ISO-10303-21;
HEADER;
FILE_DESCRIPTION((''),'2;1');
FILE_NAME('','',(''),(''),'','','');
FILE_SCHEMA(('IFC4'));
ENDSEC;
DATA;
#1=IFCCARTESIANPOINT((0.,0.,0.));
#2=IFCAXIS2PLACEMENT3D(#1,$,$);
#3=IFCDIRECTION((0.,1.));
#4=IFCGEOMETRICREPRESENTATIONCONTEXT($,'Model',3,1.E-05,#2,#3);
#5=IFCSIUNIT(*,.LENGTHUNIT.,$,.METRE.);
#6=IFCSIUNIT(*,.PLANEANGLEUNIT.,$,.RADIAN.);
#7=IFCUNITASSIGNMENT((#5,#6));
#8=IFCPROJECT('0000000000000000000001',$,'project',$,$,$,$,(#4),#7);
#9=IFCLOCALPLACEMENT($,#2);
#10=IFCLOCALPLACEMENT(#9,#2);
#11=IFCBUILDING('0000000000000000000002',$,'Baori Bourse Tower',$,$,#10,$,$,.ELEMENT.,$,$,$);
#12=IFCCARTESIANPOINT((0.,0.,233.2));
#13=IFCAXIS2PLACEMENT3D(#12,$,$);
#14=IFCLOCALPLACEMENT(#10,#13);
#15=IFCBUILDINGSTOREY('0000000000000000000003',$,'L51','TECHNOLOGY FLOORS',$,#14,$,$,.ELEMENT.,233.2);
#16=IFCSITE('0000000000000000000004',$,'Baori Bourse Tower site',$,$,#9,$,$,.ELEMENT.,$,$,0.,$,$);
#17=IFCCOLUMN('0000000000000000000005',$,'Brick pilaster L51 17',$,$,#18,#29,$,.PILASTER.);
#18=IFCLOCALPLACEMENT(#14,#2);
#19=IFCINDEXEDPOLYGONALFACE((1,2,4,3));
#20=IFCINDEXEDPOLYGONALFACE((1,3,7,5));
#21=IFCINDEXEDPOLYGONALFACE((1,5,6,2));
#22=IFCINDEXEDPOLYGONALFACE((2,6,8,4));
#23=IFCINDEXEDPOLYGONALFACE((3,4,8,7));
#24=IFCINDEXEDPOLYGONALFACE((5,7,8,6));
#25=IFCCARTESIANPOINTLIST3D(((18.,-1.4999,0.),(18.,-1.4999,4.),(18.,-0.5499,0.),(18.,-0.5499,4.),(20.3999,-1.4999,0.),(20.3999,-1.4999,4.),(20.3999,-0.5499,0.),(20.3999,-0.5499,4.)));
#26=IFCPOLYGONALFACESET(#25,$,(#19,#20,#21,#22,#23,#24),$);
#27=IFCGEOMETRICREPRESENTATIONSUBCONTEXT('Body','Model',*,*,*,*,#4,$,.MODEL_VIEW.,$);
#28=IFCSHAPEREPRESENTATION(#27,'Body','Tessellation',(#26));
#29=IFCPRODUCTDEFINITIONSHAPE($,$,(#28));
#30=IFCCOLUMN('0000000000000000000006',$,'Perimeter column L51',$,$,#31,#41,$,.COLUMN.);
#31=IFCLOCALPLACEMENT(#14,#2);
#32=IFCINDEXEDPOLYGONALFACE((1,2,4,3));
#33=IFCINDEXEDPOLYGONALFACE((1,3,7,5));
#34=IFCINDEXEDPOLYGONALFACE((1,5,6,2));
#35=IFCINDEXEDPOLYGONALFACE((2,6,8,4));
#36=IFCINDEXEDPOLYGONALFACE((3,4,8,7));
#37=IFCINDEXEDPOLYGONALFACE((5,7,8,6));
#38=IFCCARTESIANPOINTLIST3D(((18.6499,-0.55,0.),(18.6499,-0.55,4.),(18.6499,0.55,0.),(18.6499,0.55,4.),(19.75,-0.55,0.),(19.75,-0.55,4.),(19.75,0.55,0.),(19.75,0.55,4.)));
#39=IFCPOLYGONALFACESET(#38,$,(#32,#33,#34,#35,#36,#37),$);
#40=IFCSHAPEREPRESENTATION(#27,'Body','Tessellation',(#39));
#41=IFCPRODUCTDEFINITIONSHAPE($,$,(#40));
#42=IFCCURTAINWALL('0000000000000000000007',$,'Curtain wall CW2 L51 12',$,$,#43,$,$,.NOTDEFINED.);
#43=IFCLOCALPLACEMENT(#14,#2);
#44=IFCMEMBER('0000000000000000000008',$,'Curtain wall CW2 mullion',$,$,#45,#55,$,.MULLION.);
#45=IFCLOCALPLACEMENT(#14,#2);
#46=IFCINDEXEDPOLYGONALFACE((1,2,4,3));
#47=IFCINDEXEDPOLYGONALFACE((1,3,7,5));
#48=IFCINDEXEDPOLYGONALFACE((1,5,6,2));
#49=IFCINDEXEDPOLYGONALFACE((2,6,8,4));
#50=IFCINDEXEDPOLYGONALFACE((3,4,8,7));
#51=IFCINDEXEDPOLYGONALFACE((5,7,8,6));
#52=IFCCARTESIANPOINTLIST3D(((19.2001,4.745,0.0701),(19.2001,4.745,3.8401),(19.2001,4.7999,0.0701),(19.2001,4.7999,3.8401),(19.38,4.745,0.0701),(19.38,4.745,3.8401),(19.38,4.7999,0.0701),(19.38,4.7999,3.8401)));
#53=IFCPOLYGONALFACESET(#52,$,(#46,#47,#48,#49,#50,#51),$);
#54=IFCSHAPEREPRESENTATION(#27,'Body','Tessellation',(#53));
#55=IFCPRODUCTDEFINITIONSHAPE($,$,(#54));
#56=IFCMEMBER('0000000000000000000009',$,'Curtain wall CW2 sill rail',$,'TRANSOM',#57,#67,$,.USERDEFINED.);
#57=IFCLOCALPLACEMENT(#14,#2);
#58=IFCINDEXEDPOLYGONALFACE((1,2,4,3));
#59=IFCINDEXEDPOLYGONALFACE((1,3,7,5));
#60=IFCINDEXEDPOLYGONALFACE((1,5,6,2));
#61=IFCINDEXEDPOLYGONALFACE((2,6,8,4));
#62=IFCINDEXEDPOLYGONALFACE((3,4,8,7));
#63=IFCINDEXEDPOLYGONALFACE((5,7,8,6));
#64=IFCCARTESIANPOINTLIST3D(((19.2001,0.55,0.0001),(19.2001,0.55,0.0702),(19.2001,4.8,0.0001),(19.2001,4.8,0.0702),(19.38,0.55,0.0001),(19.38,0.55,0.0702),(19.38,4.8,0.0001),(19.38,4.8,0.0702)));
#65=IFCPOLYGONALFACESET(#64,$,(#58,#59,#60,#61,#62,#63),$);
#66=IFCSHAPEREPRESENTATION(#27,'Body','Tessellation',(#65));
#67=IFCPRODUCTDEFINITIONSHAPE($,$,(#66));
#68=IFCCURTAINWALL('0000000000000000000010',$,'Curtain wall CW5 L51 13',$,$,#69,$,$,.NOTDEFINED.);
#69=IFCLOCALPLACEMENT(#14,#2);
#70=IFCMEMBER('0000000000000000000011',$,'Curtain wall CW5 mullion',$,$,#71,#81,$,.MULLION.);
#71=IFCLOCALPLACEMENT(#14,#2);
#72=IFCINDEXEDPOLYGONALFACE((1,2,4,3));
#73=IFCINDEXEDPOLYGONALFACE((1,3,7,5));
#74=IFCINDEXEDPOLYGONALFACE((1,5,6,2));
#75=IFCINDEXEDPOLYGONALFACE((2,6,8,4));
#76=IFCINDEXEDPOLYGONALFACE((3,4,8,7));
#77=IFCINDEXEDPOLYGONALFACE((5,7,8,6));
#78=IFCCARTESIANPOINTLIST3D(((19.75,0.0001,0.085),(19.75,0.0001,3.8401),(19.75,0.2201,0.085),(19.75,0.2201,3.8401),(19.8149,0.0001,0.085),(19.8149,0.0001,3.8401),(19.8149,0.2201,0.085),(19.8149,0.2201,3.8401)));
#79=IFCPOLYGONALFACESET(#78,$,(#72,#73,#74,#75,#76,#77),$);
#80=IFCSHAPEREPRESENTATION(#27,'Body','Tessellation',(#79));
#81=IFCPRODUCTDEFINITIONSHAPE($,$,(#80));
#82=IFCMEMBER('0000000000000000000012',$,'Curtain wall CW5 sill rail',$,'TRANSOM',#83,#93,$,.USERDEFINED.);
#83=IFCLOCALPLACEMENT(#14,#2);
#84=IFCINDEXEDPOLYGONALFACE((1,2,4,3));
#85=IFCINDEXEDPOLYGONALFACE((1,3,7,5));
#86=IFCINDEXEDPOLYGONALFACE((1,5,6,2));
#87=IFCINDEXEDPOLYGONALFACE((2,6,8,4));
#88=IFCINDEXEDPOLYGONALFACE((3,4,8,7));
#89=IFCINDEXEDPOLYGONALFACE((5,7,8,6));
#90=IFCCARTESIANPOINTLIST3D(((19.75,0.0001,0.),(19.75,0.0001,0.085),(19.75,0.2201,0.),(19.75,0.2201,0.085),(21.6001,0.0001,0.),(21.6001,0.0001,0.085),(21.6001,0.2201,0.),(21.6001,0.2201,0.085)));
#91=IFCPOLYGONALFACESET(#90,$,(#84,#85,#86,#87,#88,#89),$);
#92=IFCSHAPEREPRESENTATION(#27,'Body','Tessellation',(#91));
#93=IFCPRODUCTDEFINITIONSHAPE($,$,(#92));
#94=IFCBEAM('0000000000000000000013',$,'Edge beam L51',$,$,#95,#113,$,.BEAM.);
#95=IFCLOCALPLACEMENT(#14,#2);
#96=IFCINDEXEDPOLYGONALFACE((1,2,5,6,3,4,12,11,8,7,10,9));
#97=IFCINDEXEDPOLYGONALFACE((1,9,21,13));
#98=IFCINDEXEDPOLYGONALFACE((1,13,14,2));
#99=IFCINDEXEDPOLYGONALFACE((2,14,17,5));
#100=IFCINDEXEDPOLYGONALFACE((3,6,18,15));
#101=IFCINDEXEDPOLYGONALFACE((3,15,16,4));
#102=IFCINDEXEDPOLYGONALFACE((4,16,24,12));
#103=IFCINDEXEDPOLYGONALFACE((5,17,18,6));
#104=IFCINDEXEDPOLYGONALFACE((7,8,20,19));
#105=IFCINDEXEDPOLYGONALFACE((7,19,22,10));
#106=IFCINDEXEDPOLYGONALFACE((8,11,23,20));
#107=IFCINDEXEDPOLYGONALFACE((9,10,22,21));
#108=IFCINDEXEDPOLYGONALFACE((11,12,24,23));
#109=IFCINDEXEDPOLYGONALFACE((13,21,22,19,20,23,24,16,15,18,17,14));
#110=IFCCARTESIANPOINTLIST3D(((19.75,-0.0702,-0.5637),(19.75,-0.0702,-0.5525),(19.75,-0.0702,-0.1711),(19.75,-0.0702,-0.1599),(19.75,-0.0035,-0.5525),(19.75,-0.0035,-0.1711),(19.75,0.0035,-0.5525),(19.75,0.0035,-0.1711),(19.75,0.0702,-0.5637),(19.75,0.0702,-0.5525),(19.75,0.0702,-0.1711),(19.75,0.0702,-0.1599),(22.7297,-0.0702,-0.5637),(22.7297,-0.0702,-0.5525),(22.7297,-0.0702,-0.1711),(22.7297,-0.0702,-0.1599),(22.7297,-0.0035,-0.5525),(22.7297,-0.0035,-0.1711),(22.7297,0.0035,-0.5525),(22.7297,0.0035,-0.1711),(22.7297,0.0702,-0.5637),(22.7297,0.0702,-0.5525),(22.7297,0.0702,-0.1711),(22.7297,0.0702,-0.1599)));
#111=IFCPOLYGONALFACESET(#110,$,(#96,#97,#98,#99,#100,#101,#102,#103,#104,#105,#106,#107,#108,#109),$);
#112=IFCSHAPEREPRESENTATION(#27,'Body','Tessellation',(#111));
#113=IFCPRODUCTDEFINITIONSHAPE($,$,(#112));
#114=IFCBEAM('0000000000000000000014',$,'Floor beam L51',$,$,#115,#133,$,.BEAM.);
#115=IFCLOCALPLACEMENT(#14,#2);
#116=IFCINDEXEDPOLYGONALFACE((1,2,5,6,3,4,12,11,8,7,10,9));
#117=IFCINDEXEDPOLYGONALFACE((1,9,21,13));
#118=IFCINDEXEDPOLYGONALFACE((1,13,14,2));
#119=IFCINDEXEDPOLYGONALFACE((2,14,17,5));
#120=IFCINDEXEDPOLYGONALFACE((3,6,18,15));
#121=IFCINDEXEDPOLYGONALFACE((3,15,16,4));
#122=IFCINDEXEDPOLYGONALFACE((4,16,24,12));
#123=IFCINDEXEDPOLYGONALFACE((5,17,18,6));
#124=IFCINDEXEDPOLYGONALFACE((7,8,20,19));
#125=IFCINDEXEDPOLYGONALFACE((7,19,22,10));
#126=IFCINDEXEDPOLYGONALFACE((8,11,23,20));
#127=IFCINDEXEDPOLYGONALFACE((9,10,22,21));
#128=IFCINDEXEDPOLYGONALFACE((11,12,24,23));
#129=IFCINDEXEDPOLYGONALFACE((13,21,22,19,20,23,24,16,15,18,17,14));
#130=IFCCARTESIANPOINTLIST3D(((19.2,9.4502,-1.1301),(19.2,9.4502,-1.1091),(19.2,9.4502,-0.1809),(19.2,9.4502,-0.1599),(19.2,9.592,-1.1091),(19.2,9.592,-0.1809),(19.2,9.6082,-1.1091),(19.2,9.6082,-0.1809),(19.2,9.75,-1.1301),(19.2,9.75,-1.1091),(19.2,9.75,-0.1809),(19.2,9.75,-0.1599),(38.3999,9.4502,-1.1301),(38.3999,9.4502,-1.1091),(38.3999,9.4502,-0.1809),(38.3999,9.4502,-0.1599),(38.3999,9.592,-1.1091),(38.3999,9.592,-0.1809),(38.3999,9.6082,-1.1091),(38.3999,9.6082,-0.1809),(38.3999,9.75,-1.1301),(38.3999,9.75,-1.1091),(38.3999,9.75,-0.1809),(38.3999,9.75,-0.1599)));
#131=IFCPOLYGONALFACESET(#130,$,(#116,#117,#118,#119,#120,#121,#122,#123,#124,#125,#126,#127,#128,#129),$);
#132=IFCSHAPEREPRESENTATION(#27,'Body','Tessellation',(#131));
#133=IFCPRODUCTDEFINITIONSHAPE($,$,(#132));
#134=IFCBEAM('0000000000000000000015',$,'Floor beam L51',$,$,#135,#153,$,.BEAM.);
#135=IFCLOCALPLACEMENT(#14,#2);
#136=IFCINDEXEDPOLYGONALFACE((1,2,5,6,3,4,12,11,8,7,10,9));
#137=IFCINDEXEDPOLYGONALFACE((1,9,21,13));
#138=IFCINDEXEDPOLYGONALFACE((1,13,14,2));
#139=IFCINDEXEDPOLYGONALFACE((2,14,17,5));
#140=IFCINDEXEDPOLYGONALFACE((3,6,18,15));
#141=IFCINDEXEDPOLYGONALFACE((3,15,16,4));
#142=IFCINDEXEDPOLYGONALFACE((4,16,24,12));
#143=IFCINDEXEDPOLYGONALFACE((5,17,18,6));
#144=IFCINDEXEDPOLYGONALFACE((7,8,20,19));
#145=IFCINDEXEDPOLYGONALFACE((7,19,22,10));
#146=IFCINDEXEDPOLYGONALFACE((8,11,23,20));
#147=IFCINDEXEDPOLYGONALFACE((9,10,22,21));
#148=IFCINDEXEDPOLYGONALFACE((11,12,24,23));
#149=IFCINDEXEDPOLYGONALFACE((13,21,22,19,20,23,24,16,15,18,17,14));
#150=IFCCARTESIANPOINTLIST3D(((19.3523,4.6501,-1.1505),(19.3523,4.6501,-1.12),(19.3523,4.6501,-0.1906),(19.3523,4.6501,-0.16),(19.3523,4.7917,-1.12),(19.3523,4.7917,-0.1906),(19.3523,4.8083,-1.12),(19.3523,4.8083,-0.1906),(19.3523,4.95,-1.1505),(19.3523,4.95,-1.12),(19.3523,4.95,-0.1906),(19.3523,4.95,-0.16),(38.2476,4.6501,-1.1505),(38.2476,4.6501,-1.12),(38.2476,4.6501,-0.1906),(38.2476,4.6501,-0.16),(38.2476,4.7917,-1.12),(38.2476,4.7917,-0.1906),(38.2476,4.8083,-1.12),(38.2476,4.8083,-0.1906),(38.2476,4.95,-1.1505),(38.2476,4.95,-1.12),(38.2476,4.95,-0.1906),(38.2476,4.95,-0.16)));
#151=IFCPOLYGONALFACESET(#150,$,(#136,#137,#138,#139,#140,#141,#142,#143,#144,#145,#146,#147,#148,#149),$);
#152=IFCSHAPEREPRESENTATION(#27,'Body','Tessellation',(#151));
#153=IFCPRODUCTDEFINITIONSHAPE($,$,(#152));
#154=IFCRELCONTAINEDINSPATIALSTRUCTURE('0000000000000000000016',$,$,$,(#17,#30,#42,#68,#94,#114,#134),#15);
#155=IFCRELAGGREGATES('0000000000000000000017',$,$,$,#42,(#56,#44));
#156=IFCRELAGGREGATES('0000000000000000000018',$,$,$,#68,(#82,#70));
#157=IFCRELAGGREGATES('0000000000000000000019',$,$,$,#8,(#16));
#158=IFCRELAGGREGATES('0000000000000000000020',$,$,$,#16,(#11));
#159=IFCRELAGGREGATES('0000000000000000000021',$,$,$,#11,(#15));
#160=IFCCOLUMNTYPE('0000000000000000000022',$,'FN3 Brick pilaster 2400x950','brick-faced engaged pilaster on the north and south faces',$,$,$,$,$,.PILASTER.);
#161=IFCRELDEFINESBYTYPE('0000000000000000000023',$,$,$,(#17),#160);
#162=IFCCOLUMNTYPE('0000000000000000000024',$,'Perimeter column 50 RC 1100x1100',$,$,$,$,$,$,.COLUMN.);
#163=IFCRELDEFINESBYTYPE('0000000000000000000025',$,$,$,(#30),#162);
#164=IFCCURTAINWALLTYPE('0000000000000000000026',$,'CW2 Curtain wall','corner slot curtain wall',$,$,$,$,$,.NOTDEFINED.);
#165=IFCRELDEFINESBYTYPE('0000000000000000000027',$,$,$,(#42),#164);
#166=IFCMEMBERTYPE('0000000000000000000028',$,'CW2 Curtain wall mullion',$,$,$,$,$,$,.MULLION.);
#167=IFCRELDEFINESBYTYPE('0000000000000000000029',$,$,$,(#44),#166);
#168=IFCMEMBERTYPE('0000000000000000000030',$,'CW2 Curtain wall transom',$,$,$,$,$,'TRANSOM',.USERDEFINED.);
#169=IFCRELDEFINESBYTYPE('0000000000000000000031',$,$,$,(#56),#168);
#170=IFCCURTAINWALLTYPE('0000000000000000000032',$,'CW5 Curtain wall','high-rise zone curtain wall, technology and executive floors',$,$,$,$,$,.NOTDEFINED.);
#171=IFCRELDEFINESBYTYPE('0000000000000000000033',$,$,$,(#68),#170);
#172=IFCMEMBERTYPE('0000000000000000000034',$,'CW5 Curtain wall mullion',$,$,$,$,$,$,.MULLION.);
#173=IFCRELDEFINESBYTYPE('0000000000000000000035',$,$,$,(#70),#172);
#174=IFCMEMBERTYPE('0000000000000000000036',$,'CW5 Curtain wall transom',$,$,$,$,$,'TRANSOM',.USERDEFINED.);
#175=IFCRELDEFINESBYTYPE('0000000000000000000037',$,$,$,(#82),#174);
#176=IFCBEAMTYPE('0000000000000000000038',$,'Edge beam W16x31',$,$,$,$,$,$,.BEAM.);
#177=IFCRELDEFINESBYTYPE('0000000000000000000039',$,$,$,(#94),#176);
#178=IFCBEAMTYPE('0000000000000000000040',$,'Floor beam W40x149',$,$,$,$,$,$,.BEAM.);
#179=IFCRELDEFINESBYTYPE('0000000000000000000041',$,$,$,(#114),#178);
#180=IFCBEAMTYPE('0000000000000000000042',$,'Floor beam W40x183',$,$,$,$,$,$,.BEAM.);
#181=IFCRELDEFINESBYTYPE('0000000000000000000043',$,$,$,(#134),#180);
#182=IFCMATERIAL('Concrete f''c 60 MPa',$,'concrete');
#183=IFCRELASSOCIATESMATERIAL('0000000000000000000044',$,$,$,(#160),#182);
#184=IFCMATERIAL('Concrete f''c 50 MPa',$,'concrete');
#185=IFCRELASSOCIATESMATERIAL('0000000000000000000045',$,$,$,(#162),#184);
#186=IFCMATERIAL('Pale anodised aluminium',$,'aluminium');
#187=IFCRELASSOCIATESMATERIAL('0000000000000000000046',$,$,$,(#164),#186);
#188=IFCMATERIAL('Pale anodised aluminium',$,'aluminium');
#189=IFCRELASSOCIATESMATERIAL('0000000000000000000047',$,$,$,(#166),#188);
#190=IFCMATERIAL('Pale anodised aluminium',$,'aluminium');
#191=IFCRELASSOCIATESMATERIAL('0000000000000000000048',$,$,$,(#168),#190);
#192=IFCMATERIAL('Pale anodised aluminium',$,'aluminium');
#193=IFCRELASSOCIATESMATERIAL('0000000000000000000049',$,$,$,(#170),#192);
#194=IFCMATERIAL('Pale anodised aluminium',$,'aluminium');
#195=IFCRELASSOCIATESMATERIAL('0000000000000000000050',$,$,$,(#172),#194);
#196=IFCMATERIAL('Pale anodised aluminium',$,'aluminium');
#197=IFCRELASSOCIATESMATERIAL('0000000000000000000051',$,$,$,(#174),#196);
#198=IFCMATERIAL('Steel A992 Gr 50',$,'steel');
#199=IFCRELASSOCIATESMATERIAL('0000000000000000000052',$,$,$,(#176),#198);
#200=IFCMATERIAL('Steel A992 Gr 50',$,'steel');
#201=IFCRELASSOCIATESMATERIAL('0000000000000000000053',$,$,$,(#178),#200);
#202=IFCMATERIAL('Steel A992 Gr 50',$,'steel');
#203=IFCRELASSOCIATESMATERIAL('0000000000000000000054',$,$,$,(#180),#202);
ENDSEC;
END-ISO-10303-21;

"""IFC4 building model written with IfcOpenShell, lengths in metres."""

from ifc_helpers import new_model, si_unit, direction, frame, origin, origin_2d, place, context, subcontext, project, spatial, rectangle, i_section, extrude, material, material_profile, profile_set, type_object, element, aggregate, save


model = new_model("IFC4")

# Units and contexts
model_context = context("Model", 3, precision=1e-05, world=origin(), true_north=direction((0.0, 1.0)))
body_context = subcontext(model_context, "Body", "Model", "MODEL_VIEW")
ifc_project = project(units=[si_unit("LENGTHUNIT", "METRE"), si_unit("PLANEANGLEUNIT", "RADIAN")], contexts=[model_context])

# Site, building, storey
site_placement = place(None, origin())
site = spatial("IfcSite", under=ifc_project, at=site_placement, Name="Baori Bourse Tower site", CompositionType="ELEMENT", RefElevation=0.0)
building_placement = place(site_placement, origin())
building = spatial("IfcBuilding", under=site, at=building_placement, Name="Baori Bourse Tower", CompositionType="ELEMENT")
storey_placement = place(building_placement, frame((0.0, 0.0, 233.2)))
storey = spatial("IfcBuildingStorey", under=building, at=storey_placement, Name="L51", Description="TECHNOLOGY FLOORS", CompositionType="ELEMENT", Elevation=233.2)

# Columns
ifc_material_1 = material(Name="Concrete f'c 60 MPa", Category="concrete")
ifc_material_profile_1 = material_profile(ifc_material_1, rectangle(XDim=2.3999, YDim=0.95, at=origin_2d()), Name="RC 2400x950")
ifc_profile_set_1 = profile_set([ifc_material_profile_1], Name="Concrete f'c 60 MPa")
column_type_1 = type_object("IfcColumnType", Name="FN3 Brick pilaster 2400x950", Description="brick-faced engaged pilaster on the north and south faces", PredefinedType="PILASTER", material=ifc_profile_set_1)
column_1_placement = place(storey_placement, frame((19.2, -1.0249, 0.0), z_axis=(0.0, 0.0, 1.0), x_axis=(1.0, 0.0, 0.0)))
element("IfcColumn", 1, at=column_1_placement, inside=storey, type_object=column_type_1, Name="Brick pilaster L51 17", PredefinedType="PILASTER", context=body_context, shape_type="SweptSolid", body=[
    extrude(rectangle(XDim=2.3999, YDim=0.95, at=origin_2d()), origin(), (0.0, 0.0, 1.0), 4.0),
])
ifc_material_2 = material(Name="Concrete f'c 50 MPa", Category="concrete")
ifc_material_profile_2 = material_profile(ifc_material_2, rectangle(XDim=1.1001, YDim=1.1001, at=origin_2d()), Name="RC 1100x1100")
ifc_profile_set_2 = profile_set([ifc_material_profile_2], Name="Concrete f'c 50 MPa")
column_type_2 = type_object("IfcColumnType", Name="Perimeter column 50 RC 1100x1100", PredefinedType="COLUMN", material=ifc_profile_set_2)
column_2_placement = place(storey_placement, frame((19.2, 0.0, 0.0), z_axis=(0.0, 0.0, 1.0), x_axis=(1.0, 0.0, 0.0)))
element("IfcColumn", 2, at=column_2_placement, inside=storey, type_object=column_type_2, Name="Perimeter column L51", PredefinedType="COLUMN", context=body_context, shape_type="SweptSolid", body=[
    extrude(rectangle(XDim=1.1001, YDim=1.1001, at=origin_2d()), origin(), (0.0, 0.0, 1.0), 4.0),
])

# Curtain walls, members
ifc_material_3 = material(Name="Pale anodised aluminium", Category="aluminium")
curtain_wall_type_1 = type_object("IfcCurtainWallType", Name="CW2 Curtain wall", Description="corner slot curtain wall", PredefinedType="NOTDEFINED", material=ifc_material_3)
curtain_wall_1_placement = place(storey_placement, origin())
curtain_wall_1 = element("IfcCurtainWall", 3, at=curtain_wall_1_placement, inside=storey, type_object=curtain_wall_type_1, Name="Curtain wall CW2 L51 12", PredefinedType="NOTDEFINED")
ifc_material_4 = material(Name="Pale anodised aluminium", Category="aluminium")
ifc_material_profile_3 = material_profile(ifc_material_4, rectangle(XDim=0.1799, YDim=0.0549, at=origin_2d()), Name="Mullion 55x180")
ifc_profile_set_3 = profile_set([ifc_material_profile_3], Name="Pale anodised aluminium")
member_type_1 = type_object("IfcMemberType", Name="CW2 Curtain wall mullion", PredefinedType="MULLION", material=ifc_profile_set_3)
member_1_placement = place(storey_placement, frame((19.29, 4.7725, 0.0701), z_axis=(0.0, 0.0, 1.0), x_axis=(1.0, 0.0, 0.0)))
member_1 = element("IfcMember", 4, at=member_1_placement, type_object=member_type_1, Name="Curtain wall CW2 mullion", PredefinedType="MULLION", context=body_context, shape_type="SweptSolid", body=[
    extrude(rectangle(XDim=0.1799, YDim=0.0549, at=origin_2d()), origin(), (0.0, 0.0, 1.0), 3.77),
])
ifc_material_5 = material(Name="Pale anodised aluminium", Category="aluminium")
ifc_material_profile_4 = material_profile(ifc_material_5, rectangle(XDim=0.1799, YDim=0.0701, at=origin_2d()), Name="Transom 70x180")
ifc_profile_set_4 = profile_set([ifc_material_profile_4], Name="Pale anodised aluminium")
member_type_2 = type_object("IfcMemberType", Name="CW2 Curtain wall transom", ElementType="TRANSOM", PredefinedType="USERDEFINED", material=ifc_profile_set_4)
member_2_placement = place(storey_placement, frame((19.29, 4.8, 0.0352), z_axis=(0.0, -1.0, 0.0), x_axis=(1.0, 0.0, 0.0)))
member_2 = element("IfcMember", 5, at=member_2_placement, type_object=member_type_2, Name="Curtain wall CW2 sill rail", ObjectType="TRANSOM", PredefinedType="USERDEFINED", context=body_context, shape_type="SweptSolid", body=[
    extrude(rectangle(XDim=0.1799, YDim=0.0701, at=origin_2d()), origin(), (0.0, 0.0, 1.0), 4.25),
])
ifc_material_6 = material(Name="Pale anodised aluminium", Category="aluminium")
curtain_wall_type_2 = type_object("IfcCurtainWallType", Name="CW5 Curtain wall", Description="high-rise zone curtain wall, technology and executive floors", PredefinedType="NOTDEFINED", material=ifc_material_6)
curtain_wall_2_placement = place(storey_placement, origin())
curtain_wall_2 = element("IfcCurtainWall", 6, at=curtain_wall_2_placement, inside=storey, type_object=curtain_wall_type_2, Name="Curtain wall CW5 L51 13", PredefinedType="NOTDEFINED")
ifc_material_7 = material(Name="Pale anodised aluminium", Category="aluminium")
ifc_material_profile_5 = material_profile(ifc_material_7, rectangle(XDim=0.22, YDim=0.0649, at=origin_2d()), Name="Mullion 65x220")
ifc_profile_set_5 = profile_set([ifc_material_profile_5], Name="Pale anodised aluminium")
member_type_3 = type_object("IfcMemberType", Name="CW5 Curtain wall mullion", PredefinedType="MULLION", material=ifc_profile_set_5)
member_3_placement = place(storey_placement, frame((19.7825, 0.1101, 0.085), z_axis=(0.0, 0.0, 1.0), x_axis=(0.0, 1.0, 0.0)))
member_3 = element("IfcMember", 7, at=member_3_placement, type_object=member_type_3, Name="Curtain wall CW5 mullion", PredefinedType="MULLION", context=body_context, shape_type="SweptSolid", body=[
    extrude(rectangle(XDim=0.22, YDim=0.0649, at=origin_2d()), origin(), (0.0, 0.0, 1.0), 3.7551),
])
ifc_material_8 = material(Name="Pale anodised aluminium", Category="aluminium")
ifc_material_profile_6 = material_profile(ifc_material_8, rectangle(XDim=0.22, YDim=0.085, at=origin_2d()), Name="Transom 85x220")
ifc_profile_set_6 = profile_set([ifc_material_profile_6], Name="Pale anodised aluminium")
member_type_4 = type_object("IfcMemberType", Name="CW5 Curtain wall transom", ElementType="TRANSOM", PredefinedType="USERDEFINED", material=ifc_profile_set_6)
member_4_placement = place(storey_placement, frame((19.75, 0.1101, 0.0425), z_axis=(1.0, 0.0, 0.0), x_axis=(0.0, 1.0, 0.0)))
member_4 = element("IfcMember", 8, at=member_4_placement, type_object=member_type_4, Name="Curtain wall CW5 sill rail", ObjectType="TRANSOM", PredefinedType="USERDEFINED", context=body_context, shape_type="SweptSolid", body=[
    extrude(rectangle(XDim=0.22, YDim=0.085, at=origin_2d()), origin(), (0.0, 0.0, 1.0), 1.8501),
])

# Beams
ifc_material_9 = material(Name="Steel A992 Gr 50", Category="steel")
ifc_material_profile_7 = material_profile(ifc_material_9, i_section(OverallWidth=0.1404, OverallDepth=0.4038, WebThickness=0.0071, FlangeThickness=0.0112, at=origin_2d()), Name="W16x31")
ifc_profile_set_7 = profile_set([ifc_material_profile_7], Name="Steel A992 Gr 50")
beam_type_1 = type_object("IfcBeamType", Name="Edge beam W16x31", PredefinedType="BEAM", material=ifc_profile_set_7)
beam_1_placement = place(storey_placement, frame((19.75, 0.0, -0.3618), z_axis=(1.0, 0.0, 0.0), x_axis=(0.0, 1.0, 0.0)))
element("IfcBeam", 9, at=beam_1_placement, inside=storey, type_object=beam_type_1, Name="Edge beam L51", PredefinedType="BEAM", context=body_context, shape_type="SweptSolid", body=[
    extrude(i_section(OverallWidth=0.1404, OverallDepth=0.4038, WebThickness=0.0071, FlangeThickness=0.0112, at=origin_2d()), origin(), (0.0, 0.0, 1.0), 2.9797),
])
ifc_material_10 = material(Name="Steel A992 Gr 50", Category="steel")
ifc_material_profile_8 = material_profile(ifc_material_10, i_section(OverallWidth=0.2998, OverallDepth=0.9702, WebThickness=0.0161, FlangeThickness=0.021, at=origin_2d()), Name="W40x149")
ifc_profile_set_8 = profile_set([ifc_material_profile_8], Name="Steel A992 Gr 50")
beam_type_2 = type_object("IfcBeamType", Name="Floor beam W40x149", PredefinedType="BEAM", material=ifc_profile_set_8)
beam_2_placement = place(storey_placement, frame((19.2, 9.6001, -0.645), z_axis=(1.0, 0.0, 0.0), x_axis=(0.0, 1.0, 0.0)))
element("IfcBeam", 10, at=beam_2_placement, inside=storey, type_object=beam_type_2, Name="Floor beam L51", PredefinedType="BEAM", context=body_context, shape_type="SweptSolid", body=[
    extrude(i_section(OverallWidth=0.2998, OverallDepth=0.9702, WebThickness=0.0161, FlangeThickness=0.021, at=origin_2d()), origin(), (0.0, 0.0, 1.0), 19.2),
])
ifc_material_11 = material(Name="Steel A992 Gr 50", Category="steel")
ifc_material_profile_9 = material_profile(ifc_material_11, i_section(OverallWidth=0.2998, OverallDepth=0.9905, WebThickness=0.0166, FlangeThickness=0.0305, at=origin_2d()), Name="W40x183")
ifc_profile_set_9 = profile_set([ifc_material_profile_9], Name="Steel A992 Gr 50")
beam_type_3 = type_object("IfcBeamType", Name="Floor beam W40x183", PredefinedType="BEAM", material=ifc_profile_set_9)
beam_3_placement = place(storey_placement, frame((19.3523, 4.8, -0.6553), z_axis=(1.0, 0.0, 0.0), x_axis=(0.0, 1.0, 0.0)))
element("IfcBeam", 11, at=beam_3_placement, inside=storey, type_object=beam_type_3, Name="Floor beam L51", PredefinedType="BEAM", context=body_context, shape_type="SweptSolid", body=[
    extrude(i_section(OverallWidth=0.2998, OverallDepth=0.9905, WebThickness=0.0166, FlangeThickness=0.0305, at=origin_2d()), origin(), (0.0, 0.0, 1.0), 18.8953),
])

aggregate(curtain_wall_1, [member_2, member_1])
aggregate(curtain_wall_2, [member_4, member_3])

save(model, "model.ifc")
